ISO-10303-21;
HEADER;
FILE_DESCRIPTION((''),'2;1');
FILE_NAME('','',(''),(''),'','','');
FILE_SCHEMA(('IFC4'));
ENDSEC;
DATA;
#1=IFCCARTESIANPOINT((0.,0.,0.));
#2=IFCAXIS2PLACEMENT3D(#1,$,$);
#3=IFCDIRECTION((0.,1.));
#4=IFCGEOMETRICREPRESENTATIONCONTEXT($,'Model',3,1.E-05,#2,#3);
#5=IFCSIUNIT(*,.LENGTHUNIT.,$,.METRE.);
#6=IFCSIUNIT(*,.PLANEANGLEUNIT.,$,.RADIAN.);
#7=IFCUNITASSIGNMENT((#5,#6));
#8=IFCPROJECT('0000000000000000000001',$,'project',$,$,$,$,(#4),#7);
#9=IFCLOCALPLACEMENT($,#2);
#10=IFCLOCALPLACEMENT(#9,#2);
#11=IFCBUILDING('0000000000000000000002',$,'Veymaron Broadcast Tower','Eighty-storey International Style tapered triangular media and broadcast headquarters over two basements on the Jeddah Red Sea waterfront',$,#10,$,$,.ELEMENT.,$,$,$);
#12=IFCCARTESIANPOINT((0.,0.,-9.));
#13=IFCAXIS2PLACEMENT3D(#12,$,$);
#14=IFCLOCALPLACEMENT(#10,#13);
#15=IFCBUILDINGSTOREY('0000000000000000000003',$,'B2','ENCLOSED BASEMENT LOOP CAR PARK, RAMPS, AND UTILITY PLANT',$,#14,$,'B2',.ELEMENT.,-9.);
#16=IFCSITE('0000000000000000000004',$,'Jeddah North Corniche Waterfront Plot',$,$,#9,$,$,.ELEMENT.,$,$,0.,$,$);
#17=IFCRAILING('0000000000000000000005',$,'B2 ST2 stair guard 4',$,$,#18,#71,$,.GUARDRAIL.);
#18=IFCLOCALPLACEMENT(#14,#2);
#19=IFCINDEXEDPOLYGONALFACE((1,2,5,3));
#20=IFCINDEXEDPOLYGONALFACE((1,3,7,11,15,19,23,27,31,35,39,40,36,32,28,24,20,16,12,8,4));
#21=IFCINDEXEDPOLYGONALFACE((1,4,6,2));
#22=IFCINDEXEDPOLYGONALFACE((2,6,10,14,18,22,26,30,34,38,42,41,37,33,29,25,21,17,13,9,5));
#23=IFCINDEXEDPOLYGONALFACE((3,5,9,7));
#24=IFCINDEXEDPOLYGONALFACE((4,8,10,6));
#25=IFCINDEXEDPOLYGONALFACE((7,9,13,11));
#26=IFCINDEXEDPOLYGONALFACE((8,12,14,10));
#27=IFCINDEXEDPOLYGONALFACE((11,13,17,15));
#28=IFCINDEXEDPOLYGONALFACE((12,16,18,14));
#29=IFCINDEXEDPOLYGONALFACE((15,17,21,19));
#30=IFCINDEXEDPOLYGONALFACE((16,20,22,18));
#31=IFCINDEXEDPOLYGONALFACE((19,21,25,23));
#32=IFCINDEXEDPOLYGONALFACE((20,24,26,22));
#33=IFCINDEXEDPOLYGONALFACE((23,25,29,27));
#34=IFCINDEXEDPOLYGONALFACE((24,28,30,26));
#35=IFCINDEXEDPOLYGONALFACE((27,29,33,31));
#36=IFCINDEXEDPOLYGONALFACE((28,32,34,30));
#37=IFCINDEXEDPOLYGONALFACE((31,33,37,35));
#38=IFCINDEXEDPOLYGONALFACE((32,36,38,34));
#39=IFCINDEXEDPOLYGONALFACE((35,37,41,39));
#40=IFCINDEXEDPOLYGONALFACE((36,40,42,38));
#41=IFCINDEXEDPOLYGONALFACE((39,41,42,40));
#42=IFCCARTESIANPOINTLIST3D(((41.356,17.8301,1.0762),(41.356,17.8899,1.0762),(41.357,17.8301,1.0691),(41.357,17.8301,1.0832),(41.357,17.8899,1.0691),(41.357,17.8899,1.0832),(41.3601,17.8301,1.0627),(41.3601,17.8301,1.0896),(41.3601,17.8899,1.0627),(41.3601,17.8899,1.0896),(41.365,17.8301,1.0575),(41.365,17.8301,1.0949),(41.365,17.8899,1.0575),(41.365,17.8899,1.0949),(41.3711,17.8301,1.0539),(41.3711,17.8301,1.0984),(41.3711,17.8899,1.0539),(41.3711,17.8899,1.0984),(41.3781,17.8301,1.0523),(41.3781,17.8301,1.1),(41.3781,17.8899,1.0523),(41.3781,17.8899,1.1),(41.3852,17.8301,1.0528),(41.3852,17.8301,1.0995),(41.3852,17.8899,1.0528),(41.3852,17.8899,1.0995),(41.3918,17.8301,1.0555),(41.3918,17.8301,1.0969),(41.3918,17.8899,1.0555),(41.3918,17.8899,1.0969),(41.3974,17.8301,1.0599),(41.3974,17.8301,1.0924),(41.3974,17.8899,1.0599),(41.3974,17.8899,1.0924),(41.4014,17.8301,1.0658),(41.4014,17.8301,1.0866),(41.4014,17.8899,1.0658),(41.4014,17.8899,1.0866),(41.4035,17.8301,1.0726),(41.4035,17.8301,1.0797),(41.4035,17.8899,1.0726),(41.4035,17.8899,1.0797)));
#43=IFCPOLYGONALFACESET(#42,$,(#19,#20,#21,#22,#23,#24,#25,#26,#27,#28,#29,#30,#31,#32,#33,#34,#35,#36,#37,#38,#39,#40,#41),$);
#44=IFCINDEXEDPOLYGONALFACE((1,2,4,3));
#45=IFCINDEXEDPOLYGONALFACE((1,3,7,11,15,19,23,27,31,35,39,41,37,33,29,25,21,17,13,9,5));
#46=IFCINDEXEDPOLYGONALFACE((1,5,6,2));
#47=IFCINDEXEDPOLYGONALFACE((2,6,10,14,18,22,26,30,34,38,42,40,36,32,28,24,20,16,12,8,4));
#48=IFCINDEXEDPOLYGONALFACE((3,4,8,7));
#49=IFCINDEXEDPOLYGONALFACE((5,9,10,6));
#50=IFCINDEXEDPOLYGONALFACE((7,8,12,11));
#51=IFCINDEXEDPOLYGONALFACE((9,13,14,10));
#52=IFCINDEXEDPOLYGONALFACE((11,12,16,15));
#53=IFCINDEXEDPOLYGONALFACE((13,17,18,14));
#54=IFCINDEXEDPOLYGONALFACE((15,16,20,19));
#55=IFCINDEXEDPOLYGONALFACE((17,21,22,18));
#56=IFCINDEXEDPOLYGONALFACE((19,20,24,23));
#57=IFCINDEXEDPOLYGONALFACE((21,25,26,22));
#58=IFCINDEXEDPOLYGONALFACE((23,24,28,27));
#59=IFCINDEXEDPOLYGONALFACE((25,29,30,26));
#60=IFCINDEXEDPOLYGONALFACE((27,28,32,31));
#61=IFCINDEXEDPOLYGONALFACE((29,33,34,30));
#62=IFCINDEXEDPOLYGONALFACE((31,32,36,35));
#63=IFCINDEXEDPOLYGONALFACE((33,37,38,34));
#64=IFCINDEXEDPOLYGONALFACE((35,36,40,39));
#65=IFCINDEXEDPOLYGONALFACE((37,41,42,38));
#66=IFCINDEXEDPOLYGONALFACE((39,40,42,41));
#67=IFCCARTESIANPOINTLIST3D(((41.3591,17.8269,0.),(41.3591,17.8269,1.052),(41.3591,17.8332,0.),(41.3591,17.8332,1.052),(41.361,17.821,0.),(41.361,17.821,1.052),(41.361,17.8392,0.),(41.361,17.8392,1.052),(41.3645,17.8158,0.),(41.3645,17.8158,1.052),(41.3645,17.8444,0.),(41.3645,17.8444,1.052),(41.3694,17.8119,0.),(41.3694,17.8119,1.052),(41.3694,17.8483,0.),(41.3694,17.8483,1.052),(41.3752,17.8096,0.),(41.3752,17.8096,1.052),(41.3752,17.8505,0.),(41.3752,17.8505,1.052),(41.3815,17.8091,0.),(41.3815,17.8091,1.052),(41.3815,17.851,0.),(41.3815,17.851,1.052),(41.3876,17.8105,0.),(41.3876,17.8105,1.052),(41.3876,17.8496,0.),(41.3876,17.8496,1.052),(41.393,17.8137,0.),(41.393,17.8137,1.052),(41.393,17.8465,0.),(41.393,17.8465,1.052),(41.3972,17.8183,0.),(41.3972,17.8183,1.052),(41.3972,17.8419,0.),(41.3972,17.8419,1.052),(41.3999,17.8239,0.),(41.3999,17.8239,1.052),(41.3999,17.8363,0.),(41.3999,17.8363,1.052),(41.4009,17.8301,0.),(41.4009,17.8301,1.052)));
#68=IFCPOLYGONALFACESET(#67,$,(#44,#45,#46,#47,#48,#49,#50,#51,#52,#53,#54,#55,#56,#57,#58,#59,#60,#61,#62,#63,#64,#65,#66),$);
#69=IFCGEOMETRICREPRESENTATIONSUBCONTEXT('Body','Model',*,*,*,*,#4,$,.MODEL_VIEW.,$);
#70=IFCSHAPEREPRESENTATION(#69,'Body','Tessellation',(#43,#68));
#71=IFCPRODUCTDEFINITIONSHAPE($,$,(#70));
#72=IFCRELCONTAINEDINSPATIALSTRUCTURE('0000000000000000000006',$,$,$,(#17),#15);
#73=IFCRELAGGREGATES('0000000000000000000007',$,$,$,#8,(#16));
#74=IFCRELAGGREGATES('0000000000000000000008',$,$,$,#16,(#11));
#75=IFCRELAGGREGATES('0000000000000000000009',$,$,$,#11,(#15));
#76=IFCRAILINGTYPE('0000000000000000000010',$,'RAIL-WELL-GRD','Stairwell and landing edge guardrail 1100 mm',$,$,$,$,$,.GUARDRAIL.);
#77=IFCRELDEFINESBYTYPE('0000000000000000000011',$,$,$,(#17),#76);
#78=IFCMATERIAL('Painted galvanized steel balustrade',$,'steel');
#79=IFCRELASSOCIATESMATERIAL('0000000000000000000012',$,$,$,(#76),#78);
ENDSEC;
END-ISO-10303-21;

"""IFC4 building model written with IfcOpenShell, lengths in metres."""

from ifc_helpers import new_model, si_unit, direction, frame, origin, origin_2d, place, context, subcontext, project, spatial, circle, extrude, material, type_object, element, save


model = new_model("IFC4")

# Units and contexts
model_context = context("Model", 3, precision=1e-05, world=origin(), true_north=direction((0.0, 1.0)))
body_context = subcontext(model_context, "Body", "Model", "MODEL_VIEW")
ifc_project = project(units=[si_unit("LENGTHUNIT", "METRE"), si_unit("PLANEANGLEUNIT", "RADIAN")], contexts=[model_context])

# Site, building, storey
site_placement = place(None, origin())
site = spatial("IfcSite", under=ifc_project, at=site_placement, Name="Jeddah North Corniche Waterfront Plot", CompositionType="ELEMENT", RefElevation=0.0)
building_placement = place(site_placement, origin())
building = spatial("IfcBuilding", under=site, at=building_placement, Name="Veymaron Broadcast Tower", Description="Eighty-storey International Style tapered triangular media and broadcast headquarters over two basements on the Jeddah Red Sea waterfront", CompositionType="ELEMENT")
storey_placement = place(building_placement, frame((0.0, 0.0, -9.0)))
storey = spatial("IfcBuildingStorey", under=building, at=storey_placement, Name="B2", Description="ENCLOSED BASEMENT LOOP CAR PARK, RAMPS, AND UTILITY PLANT", LongName="B2", CompositionType="ELEMENT", Elevation=-9.0)

# Railing
ifc_material_1 = material(Name="Painted galvanized steel balustrade", Category="steel")
railing_type_1 = type_object("IfcRailingType", Name="RAIL-WELL-GRD", Description="Stairwell and landing edge guardrail 1100 mm", PredefinedType="GUARDRAIL", material=ifc_material_1)
railing_1_placement = place(storey_placement, frame((41.3799, 17.8301, 0.0)))
element("IfcRailing", 1, at=railing_1_placement, inside=storey, type_object=railing_type_1, Name="B2 ST2 stair guard 4", PredefinedType="GUARDRAIL", context=body_context, shape_type="SweptSolid", body=[
    extrude(circle(Radius=0.0239, at=origin_2d()), frame((0.0, 0.0, 1.0762), z_axis=(0.0, 1.0, 0.0), x_axis=(-1.0, 0.0, 0.0)), (0.0, 0.0, 1.0), 0.0598),
    extrude(circle(Radius=0.021, at=origin_2d()), origin(), (0.0, 0.0, 1.0), 1.052),
])

save(model, "model.ifc")
